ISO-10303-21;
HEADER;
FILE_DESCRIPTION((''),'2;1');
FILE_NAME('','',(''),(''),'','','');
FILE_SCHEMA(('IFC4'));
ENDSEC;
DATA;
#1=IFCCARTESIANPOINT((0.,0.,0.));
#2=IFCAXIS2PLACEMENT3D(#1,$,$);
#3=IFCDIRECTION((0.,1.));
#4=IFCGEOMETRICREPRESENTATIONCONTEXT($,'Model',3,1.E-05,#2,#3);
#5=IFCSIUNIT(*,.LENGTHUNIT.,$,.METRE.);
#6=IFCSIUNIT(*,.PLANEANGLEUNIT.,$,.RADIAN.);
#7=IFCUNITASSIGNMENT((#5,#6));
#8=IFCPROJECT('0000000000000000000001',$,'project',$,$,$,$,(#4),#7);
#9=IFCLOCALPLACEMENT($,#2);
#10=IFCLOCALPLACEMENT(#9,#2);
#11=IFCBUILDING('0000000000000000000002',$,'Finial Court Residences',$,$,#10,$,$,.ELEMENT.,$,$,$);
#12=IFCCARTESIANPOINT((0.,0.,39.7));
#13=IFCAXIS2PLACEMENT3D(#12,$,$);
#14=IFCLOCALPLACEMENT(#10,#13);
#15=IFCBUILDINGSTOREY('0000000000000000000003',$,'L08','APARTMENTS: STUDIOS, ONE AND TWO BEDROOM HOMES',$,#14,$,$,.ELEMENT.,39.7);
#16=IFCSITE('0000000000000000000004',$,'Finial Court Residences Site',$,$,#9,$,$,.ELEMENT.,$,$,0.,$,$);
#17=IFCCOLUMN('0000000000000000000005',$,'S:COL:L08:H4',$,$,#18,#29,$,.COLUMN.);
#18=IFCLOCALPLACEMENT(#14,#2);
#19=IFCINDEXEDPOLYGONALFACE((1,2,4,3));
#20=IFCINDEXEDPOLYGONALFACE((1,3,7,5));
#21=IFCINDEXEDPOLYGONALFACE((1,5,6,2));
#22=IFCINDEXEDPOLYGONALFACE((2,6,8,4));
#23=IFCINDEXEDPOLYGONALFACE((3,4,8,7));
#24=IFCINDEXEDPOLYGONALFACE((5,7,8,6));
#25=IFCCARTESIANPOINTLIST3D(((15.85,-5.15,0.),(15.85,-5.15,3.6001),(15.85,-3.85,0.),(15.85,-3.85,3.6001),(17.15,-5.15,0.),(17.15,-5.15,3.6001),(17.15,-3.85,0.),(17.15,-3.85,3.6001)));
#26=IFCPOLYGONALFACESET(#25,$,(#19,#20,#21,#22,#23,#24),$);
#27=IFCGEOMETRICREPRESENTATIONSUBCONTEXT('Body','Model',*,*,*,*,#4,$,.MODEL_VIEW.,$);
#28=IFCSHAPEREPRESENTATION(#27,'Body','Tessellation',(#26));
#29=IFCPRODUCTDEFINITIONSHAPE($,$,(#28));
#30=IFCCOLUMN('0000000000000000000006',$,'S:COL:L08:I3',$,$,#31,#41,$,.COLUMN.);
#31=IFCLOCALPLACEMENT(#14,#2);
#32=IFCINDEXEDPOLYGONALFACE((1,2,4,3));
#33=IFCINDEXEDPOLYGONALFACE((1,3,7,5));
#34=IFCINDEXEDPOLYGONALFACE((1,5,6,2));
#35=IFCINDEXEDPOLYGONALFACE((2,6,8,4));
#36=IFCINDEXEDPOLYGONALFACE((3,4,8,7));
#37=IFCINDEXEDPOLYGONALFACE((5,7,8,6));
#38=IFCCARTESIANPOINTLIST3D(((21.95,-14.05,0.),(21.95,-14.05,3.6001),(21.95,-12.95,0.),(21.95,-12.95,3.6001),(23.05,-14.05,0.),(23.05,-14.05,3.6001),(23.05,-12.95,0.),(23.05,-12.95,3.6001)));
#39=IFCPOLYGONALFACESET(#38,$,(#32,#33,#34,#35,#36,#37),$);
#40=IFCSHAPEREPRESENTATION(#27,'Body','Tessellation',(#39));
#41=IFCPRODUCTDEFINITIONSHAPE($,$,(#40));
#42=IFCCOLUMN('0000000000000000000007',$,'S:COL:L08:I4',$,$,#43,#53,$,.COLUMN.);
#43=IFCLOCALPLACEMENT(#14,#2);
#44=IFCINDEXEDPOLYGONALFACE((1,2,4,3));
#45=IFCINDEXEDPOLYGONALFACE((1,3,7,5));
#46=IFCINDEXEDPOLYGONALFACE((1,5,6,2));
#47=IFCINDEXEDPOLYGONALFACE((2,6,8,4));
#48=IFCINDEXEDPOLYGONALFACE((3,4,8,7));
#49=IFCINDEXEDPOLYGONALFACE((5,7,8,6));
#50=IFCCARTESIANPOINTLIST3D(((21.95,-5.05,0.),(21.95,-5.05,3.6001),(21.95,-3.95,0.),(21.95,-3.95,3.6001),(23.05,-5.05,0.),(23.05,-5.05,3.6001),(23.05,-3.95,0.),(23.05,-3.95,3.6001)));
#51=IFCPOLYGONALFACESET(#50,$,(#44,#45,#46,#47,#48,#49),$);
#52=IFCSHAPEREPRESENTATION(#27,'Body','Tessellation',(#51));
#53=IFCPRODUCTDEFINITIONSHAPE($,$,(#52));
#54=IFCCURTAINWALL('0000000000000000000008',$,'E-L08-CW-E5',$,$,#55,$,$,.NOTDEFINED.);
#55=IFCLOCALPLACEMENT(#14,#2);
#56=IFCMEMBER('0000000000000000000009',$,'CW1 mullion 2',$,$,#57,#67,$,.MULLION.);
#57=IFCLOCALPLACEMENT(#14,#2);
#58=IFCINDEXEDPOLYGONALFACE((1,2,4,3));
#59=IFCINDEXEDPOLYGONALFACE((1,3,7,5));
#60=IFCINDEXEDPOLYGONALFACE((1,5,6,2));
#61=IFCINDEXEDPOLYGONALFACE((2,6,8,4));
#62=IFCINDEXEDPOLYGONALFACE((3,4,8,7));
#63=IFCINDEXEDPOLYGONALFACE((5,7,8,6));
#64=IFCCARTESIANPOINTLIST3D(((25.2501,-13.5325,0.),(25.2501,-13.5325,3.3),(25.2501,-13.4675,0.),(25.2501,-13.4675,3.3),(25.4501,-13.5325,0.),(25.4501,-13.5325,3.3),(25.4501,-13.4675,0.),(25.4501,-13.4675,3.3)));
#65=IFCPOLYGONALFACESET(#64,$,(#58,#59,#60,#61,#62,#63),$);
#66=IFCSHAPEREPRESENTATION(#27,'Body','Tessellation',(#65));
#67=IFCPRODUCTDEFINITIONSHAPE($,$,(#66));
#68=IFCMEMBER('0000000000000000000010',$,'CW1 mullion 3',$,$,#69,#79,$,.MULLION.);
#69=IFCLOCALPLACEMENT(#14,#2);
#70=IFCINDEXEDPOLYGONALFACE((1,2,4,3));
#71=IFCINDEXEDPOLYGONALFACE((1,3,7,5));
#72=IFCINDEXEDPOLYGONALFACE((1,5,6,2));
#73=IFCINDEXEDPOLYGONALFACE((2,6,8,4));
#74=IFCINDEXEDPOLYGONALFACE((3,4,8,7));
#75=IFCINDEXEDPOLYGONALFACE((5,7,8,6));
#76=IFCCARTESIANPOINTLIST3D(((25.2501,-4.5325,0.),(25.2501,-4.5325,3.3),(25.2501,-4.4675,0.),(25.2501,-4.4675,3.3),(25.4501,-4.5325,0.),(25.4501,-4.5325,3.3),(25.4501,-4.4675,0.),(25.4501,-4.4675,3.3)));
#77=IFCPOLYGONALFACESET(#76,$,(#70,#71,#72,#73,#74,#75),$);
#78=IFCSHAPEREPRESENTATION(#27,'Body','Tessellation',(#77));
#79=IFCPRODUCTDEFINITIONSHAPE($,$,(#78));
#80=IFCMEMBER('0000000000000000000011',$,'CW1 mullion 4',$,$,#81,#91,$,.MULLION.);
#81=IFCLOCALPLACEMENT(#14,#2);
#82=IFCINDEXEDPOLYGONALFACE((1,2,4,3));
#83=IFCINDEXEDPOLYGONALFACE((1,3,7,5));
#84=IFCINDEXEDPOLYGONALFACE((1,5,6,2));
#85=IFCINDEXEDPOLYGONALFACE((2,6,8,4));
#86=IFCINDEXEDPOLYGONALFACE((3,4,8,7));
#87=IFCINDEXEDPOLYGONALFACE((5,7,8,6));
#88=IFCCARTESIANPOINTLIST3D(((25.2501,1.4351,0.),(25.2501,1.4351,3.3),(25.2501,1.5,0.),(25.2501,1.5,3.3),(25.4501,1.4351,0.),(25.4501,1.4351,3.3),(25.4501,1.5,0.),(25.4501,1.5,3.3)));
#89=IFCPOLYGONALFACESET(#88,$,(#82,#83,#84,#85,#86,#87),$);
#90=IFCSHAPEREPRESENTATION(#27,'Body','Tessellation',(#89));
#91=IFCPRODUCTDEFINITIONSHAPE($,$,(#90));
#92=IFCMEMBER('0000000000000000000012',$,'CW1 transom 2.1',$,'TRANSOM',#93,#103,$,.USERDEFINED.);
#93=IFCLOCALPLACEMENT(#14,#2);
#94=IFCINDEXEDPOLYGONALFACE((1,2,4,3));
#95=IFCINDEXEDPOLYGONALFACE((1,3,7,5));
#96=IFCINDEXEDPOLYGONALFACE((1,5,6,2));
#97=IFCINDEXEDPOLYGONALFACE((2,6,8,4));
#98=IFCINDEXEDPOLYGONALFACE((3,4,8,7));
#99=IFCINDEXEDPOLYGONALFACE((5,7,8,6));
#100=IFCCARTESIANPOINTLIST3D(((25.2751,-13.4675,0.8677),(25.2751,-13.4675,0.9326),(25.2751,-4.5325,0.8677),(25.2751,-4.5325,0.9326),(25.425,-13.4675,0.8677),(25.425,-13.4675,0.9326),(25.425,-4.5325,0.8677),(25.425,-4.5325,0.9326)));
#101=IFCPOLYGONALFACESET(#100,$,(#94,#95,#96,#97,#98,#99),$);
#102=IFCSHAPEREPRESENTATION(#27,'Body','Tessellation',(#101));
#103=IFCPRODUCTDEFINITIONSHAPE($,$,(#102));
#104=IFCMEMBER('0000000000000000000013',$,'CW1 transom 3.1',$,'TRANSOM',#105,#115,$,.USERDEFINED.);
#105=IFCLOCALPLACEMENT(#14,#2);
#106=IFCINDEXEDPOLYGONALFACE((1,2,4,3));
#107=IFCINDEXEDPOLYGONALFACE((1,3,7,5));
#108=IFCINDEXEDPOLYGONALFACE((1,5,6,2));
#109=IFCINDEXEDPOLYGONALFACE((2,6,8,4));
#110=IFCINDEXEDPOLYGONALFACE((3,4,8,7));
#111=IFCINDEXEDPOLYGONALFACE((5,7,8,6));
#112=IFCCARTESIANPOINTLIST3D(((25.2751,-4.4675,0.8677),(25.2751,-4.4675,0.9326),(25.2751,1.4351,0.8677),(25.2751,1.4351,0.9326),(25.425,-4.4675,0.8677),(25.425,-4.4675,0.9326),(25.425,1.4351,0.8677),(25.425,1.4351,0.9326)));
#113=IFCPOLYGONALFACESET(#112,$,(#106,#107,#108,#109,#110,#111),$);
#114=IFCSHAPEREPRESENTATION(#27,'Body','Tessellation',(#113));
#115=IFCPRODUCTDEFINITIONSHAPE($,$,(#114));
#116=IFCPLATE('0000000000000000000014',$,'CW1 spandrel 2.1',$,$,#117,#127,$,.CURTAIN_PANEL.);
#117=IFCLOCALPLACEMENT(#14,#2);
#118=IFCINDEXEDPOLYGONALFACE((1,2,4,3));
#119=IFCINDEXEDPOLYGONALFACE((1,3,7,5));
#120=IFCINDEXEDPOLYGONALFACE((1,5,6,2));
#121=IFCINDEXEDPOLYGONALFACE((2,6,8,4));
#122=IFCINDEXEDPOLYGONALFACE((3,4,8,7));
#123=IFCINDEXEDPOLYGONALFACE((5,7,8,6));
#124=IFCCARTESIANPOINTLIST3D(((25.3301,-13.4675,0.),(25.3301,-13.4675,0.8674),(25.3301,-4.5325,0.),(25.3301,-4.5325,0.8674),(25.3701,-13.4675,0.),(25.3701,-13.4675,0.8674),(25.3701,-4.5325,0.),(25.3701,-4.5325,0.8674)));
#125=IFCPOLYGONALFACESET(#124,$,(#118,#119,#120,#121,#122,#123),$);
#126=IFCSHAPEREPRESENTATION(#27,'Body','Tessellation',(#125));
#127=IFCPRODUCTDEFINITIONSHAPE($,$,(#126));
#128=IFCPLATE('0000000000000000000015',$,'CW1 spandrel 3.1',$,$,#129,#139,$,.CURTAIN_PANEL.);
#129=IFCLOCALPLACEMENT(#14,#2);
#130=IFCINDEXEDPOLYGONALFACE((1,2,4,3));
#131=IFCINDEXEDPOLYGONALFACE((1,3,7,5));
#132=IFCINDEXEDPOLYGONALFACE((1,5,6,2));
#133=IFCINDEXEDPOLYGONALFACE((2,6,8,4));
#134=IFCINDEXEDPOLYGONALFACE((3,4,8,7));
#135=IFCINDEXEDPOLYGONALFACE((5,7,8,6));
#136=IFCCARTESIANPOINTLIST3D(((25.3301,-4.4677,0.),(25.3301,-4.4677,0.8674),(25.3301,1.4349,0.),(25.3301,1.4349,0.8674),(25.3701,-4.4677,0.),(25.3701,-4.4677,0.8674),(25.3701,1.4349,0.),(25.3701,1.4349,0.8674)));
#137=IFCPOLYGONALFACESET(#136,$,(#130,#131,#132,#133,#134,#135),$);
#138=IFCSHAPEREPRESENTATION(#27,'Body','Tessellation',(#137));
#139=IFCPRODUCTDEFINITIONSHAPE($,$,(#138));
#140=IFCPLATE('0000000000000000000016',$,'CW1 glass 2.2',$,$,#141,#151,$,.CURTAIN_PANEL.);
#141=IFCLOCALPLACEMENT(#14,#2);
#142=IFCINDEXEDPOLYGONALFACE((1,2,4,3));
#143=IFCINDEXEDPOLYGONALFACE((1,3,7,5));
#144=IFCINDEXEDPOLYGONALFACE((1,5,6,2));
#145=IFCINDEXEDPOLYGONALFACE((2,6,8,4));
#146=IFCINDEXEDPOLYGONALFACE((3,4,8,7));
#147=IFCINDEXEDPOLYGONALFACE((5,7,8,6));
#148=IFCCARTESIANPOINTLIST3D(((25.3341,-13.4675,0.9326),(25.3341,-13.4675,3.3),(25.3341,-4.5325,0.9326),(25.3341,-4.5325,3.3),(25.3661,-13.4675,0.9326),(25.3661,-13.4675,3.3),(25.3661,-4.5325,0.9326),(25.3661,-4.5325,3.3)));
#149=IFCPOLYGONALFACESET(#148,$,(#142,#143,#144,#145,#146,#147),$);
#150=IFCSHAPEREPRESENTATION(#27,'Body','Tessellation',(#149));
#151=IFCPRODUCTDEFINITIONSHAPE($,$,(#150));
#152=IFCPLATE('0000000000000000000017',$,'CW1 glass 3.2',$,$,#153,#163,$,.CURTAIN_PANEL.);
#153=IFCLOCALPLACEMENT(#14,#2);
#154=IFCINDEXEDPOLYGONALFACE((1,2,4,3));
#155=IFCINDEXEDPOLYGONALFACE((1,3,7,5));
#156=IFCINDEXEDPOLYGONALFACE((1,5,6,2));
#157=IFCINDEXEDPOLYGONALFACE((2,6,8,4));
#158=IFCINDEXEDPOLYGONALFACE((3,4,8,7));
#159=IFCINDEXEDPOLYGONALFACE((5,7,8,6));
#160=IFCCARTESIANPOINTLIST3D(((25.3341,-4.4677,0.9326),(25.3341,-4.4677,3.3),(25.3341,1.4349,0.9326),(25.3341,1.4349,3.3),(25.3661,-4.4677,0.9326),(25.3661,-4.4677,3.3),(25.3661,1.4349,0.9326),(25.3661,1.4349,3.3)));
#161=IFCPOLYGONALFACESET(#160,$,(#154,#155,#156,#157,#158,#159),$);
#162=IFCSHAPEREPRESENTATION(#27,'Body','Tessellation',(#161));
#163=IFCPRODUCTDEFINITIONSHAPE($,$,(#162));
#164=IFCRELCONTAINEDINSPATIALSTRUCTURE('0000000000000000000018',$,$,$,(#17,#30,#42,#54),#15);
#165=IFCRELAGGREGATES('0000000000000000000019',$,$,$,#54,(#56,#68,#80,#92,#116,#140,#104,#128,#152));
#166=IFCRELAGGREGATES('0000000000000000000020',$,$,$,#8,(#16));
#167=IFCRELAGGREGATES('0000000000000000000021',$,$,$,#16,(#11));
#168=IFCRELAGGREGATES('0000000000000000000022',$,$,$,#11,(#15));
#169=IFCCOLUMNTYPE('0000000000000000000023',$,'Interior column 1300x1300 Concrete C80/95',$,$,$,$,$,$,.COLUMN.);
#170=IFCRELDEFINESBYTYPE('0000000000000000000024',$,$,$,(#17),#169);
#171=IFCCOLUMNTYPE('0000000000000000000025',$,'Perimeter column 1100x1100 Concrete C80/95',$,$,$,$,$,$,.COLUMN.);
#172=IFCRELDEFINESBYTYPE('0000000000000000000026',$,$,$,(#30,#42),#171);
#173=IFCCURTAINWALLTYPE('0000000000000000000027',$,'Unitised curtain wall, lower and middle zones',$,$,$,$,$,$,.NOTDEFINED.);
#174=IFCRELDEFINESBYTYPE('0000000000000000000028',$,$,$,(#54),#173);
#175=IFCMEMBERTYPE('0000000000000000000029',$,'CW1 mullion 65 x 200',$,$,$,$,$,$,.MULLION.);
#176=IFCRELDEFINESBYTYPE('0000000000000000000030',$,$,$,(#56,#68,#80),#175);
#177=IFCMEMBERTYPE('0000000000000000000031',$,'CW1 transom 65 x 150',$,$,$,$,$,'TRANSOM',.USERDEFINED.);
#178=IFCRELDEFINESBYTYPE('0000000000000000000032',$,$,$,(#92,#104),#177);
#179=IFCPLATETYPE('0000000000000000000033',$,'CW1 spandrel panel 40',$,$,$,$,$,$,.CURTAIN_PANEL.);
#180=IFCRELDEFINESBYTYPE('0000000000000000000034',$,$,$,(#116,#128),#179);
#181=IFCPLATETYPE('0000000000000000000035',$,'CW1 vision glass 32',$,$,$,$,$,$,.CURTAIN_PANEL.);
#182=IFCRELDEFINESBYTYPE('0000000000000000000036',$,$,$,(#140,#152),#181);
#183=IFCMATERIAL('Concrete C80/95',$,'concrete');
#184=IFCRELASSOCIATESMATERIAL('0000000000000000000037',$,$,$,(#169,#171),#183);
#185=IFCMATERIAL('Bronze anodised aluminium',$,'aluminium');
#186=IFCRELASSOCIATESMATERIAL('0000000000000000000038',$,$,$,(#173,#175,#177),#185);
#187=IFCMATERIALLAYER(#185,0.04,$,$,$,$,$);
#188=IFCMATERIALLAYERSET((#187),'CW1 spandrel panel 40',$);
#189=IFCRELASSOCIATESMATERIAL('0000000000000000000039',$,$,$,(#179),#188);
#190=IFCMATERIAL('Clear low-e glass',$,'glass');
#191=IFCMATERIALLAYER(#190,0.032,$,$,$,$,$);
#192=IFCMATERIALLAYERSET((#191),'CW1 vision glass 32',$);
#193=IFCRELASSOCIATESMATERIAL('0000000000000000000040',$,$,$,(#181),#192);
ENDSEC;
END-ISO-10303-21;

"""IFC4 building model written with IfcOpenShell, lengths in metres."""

from ifc_helpers import new_model, si_unit, direction, frame, origin, origin_2d, place, context, subcontext, project, spatial, rectangle, extrude, material, layer, layer_set, material_profile, profile_set, type_object, element, aggregate, save


model = new_model("IFC4")

# Units and contexts
model_context = context("Model", 3, precision=1e-05, world=origin(), true_north=direction((0.0, 1.0)))
body_context = subcontext(model_context, "Body", "Model", "MODEL_VIEW")
ifc_project = project(units=[si_unit("LENGTHUNIT", "METRE"), si_unit("PLANEANGLEUNIT", "RADIAN")], contexts=[model_context])

# Site, building, storey
site_placement = place(None, origin())
site = spatial("IfcSite", under=ifc_project, at=site_placement, Name="Finial Court Residences Site", CompositionType="ELEMENT", RefElevation=0.0)
building_placement = place(site_placement, origin())
building = spatial("IfcBuilding", under=site, at=building_placement, Name="Finial Court Residences", CompositionType="ELEMENT")
storey_placement = place(building_placement, frame((0.0, 0.0, 39.7)))
storey = spatial("IfcBuildingStorey", under=building, at=storey_placement, Name="L08", Description="APARTMENTS: STUDIOS, ONE AND TWO BEDROOM HOMES", CompositionType="ELEMENT", Elevation=39.7)

# Columns
ifc_material_1 = material(Name="Concrete C80/95", Category="concrete")
ifc_material_profile_1 = material_profile(ifc_material_1, rectangle(XDim=1.3, YDim=1.3, at=origin_2d()), Name="1300x1300")
ifc_profile_set_1 = profile_set([ifc_material_profile_1], Name="Concrete C80/95")
column_type_1 = type_object("IfcColumnType", Name="Interior column 1300x1300 Concrete C80/95", PredefinedType="COLUMN", material=ifc_profile_set_1)
column_placement = place(storey_placement, frame((16.5, -4.5, 0.0), z_axis=(0.0, 0.0, 1.0), x_axis=(1.0, 0.0, 0.0)))
element("IfcColumn", 1, at=column_placement, inside=storey, type_object=column_type_1, Name="S:COL:L08:H4", PredefinedType="COLUMN", context=body_context, shape_type="SweptSolid", body=[
    extrude(rectangle(XDim=1.3, YDim=1.3, at=origin_2d()), origin(), (0.0, 0.0, 1.0), 3.6001),
])
ifc_material_profile_2 = material_profile(ifc_material_1, rectangle(XDim=1.1001, YDim=1.1001, at=origin_2d()), Name="1100x1100")
ifc_profile_set_2 = profile_set([ifc_material_profile_2], Name="Concrete C80/95")
column_type_2 = type_object("IfcColumnType", Name="Perimeter column 1100x1100 Concrete C80/95", PredefinedType="COLUMN", material=ifc_profile_set_2)
for number, where, z_axis, x_axis, name in (
    (2, (22.5, -13.5, 0.0), (0.0, 0.0, 1.0), (1.0, 0.0, 0.0), "S:COL:L08:I3"),
    (3, (22.5, -4.5, 0.0), (0.0, 0.0, 1.0), (1.0, 0.0, 0.0), "S:COL:L08:I4"),
):
    element("IfcColumn", number, at=place(storey_placement, frame(where, z_axis=z_axis, x_axis=x_axis)), inside=storey, type_object=column_type_2, Name=name, PredefinedType="COLUMN", context=body_context, shape_type="SweptSolid", body=[
        extrude(rectangle(XDim=1.1001, YDim=1.1001, at=origin_2d()), origin(), (0.0, 0.0, 1.0), 3.6001),
    ])

# Curtain wall, members, plates
ifc_material_2 = material(Name="Bronze anodised aluminium", Category="aluminium")
curtain_wall_type = type_object("IfcCurtainWallType", Name="Unitised curtain wall, lower and middle zones", PredefinedType="NOTDEFINED", material=ifc_material_2)
curtain_wall_placement = place(storey_placement, origin())
curtain_wall = element("IfcCurtainWall", 4, at=curtain_wall_placement, inside=storey, type_object=curtain_wall_type, Name="E-L08-CW-E5", PredefinedType="NOTDEFINED")
ifc_material_profile_3 = material_profile(ifc_material_2, rectangle(XDim=0.2, YDim=0.0649, at=origin_2d()), Name="CW1 mullion 65 x 200")
ifc_profile_set_3 = profile_set([ifc_material_profile_3], Name="Bronze anodised aluminium")
member_type_1 = type_object("IfcMemberType", Name="CW1 mullion 65 x 200", PredefinedType="MULLION", material=ifc_profile_set_3)
member_1_placement = place(storey_placement, frame((25.3501, -13.5, 0.0), z_axis=(0.0, 0.0, 1.0), x_axis=(-1.0, 0.0, 0.0)))
member_1 = element("IfcMember", 5, at=member_1_placement, type_object=member_type_1, Name="CW1 mullion 2", PredefinedType="MULLION", context=body_context, shape_type="SweptSolid", body=[
    extrude(rectangle(XDim=0.2, YDim=0.0649, at=origin_2d()), origin(), (0.0, 0.0, 1.0), 3.3),
])
member_2_placement = place(storey_placement, frame((25.3501, -4.5, 0.0), z_axis=(0.0, 0.0, 1.0), x_axis=(-1.0, 0.0, 0.0)))
member_2 = element("IfcMember", 6, at=member_2_placement, type_object=member_type_1, Name="CW1 mullion 3", PredefinedType="MULLION", context=body_context, shape_type="SweptSolid", body=[
    extrude(rectangle(XDim=0.2, YDim=0.0649, at=origin_2d()), origin(), (0.0, 0.0, 1.0), 3.3),
])
member_3_placement = place(storey_placement, frame((25.3501, 1.4675, 0.0), z_axis=(0.0, 0.0, 1.0), x_axis=(-1.0, 0.0, 0.0)))
member_3 = element("IfcMember", 7, at=member_3_placement, type_object=member_type_1, Name="CW1 mullion 4", PredefinedType="MULLION", context=body_context, shape_type="SweptSolid", body=[
    extrude(rectangle(XDim=0.2, YDim=0.0649, at=origin_2d()), origin(), (0.0, 0.0, 1.0), 3.3),
])
ifc_material_profile_4 = material_profile(ifc_material_2, rectangle(XDim=0.1499, YDim=0.0649, at=origin_2d()), Name="CW1 transom 65 x 150")
ifc_profile_set_4 = profile_set([ifc_material_profile_4], Name="Bronze anodised aluminium")
member_type_2 = type_object("IfcMemberType", Name="CW1 transom 65 x 150", ElementType="TRANSOM", PredefinedType="USERDEFINED", material=ifc_profile_set_4)
member_4_placement = place(storey_placement, frame((25.3501, -13.4675, 0.9001), z_axis=(0.0, 1.0, 0.0), x_axis=(-1.0, 0.0, 0.0)))
member_4 = element("IfcMember", 8, at=member_4_placement, type_object=member_type_2, Name="CW1 transom 2.1", ObjectType="TRANSOM", PredefinedType="USERDEFINED", context=body_context, shape_type="SweptSolid", body=[
    extrude(rectangle(XDim=0.1499, YDim=0.0649, at=origin_2d()), origin(), (0.0, 0.0, 1.0), 8.9351),
])
member_5_placement = place(storey_placement, frame((25.3501, -4.4675, 0.9001), z_axis=(0.0, 1.0, 0.0), x_axis=(-1.0, 0.0, 0.0)))
member_5 = element("IfcMember", 9, at=member_5_placement, type_object=member_type_2, Name="CW1 transom 3.1", ObjectType="TRANSOM", PredefinedType="USERDEFINED", context=body_context, shape_type="SweptSolid", body=[
    extrude(rectangle(XDim=0.1499, YDim=0.0649, at=origin_2d()), origin(), (0.0, 0.0, 1.0), 5.9026),
])
ifc_layer_1 = layer(ifc_material_2, 0.04)
ifc_layer_set_1 = layer_set([ifc_layer_1], Name="CW1 spandrel panel 40")
plate_type_1 = type_object("IfcPlateType", Name="CW1 spandrel panel 40", PredefinedType="CURTAIN_PANEL", material=ifc_layer_set_1)
plate_1_placement = place(storey_placement, frame((25.3501, -9.0, 0.0), z_axis=(0.0, 0.0, 1.0), x_axis=(0.0, 1.0, 0.0)))
plate_1 = element("IfcPlate", 10, at=plate_1_placement, type_object=plate_type_1, Name="CW1 spandrel 2.1", PredefinedType="CURTAIN_PANEL", context=body_context, shape_type="SweptSolid", body=[
    extrude(rectangle(XDim=8.9351, YDim=0.04, at=origin_2d()), origin(), (0.0, 0.0, 1.0), 0.8674),
])
plate_2_placement = place(storey_placement, frame((25.3501, -1.5164, 0.0), z_axis=(0.0, 0.0, 1.0), x_axis=(0.0, 1.0, 0.0)))
plate_2 = element("IfcPlate", 11, at=plate_2_placement, type_object=plate_type_1, Name="CW1 spandrel 3.1", PredefinedType="CURTAIN_PANEL", context=body_context, shape_type="SweptSolid", body=[
    extrude(rectangle(XDim=5.9026, YDim=0.04, at=origin_2d()), origin(), (0.0, 0.0, 1.0), 0.8674),
])
ifc_material_3 = material(Name="Clear low-e glass", Category="glass")
ifc_layer_2 = layer(ifc_material_3, 0.032)
ifc_layer_set_2 = layer_set([ifc_layer_2], Name="CW1 vision glass 32")
plate_type_2 = type_object("IfcPlateType", Name="CW1 vision glass 32", PredefinedType="CURTAIN_PANEL", material=ifc_layer_set_2)
plate_3_placement = place(storey_placement, frame((25.3501, -9.0, 0.9326), z_axis=(0.0, 0.0, 1.0), x_axis=(0.0, 1.0, 0.0)))
plate_3 = element("IfcPlate", 12, at=plate_3_placement, type_object=plate_type_2, Name="CW1 glass 2.2", PredefinedType="CURTAIN_PANEL", context=body_context, shape_type="SweptSolid", body=[
    extrude(rectangle(XDim=8.9351, YDim=0.032, at=origin_2d()), origin(), (0.0, 0.0, 1.0), 2.3674),
])
plate_4_placement = place(storey_placement, frame((25.3501, -1.5164, 0.9326), z_axis=(0.0, 0.0, 1.0), x_axis=(0.0, 1.0, 0.0)))
plate_4 = element("IfcPlate", 13, at=plate_4_placement, type_object=plate_type_2, Name="CW1 glass 3.2", PredefinedType="CURTAIN_PANEL", context=body_context, shape_type="SweptSolid", body=[
    extrude(rectangle(XDim=5.9026, YDim=0.032, at=origin_2d()), origin(), (0.0, 0.0, 1.0), 2.3674),
])
aggregate(curtain_wall, [member_1, member_2, member_3, member_4, plate_1, plate_3, member_5, plate_2, plate_4])

save(model, "model.ifc")
